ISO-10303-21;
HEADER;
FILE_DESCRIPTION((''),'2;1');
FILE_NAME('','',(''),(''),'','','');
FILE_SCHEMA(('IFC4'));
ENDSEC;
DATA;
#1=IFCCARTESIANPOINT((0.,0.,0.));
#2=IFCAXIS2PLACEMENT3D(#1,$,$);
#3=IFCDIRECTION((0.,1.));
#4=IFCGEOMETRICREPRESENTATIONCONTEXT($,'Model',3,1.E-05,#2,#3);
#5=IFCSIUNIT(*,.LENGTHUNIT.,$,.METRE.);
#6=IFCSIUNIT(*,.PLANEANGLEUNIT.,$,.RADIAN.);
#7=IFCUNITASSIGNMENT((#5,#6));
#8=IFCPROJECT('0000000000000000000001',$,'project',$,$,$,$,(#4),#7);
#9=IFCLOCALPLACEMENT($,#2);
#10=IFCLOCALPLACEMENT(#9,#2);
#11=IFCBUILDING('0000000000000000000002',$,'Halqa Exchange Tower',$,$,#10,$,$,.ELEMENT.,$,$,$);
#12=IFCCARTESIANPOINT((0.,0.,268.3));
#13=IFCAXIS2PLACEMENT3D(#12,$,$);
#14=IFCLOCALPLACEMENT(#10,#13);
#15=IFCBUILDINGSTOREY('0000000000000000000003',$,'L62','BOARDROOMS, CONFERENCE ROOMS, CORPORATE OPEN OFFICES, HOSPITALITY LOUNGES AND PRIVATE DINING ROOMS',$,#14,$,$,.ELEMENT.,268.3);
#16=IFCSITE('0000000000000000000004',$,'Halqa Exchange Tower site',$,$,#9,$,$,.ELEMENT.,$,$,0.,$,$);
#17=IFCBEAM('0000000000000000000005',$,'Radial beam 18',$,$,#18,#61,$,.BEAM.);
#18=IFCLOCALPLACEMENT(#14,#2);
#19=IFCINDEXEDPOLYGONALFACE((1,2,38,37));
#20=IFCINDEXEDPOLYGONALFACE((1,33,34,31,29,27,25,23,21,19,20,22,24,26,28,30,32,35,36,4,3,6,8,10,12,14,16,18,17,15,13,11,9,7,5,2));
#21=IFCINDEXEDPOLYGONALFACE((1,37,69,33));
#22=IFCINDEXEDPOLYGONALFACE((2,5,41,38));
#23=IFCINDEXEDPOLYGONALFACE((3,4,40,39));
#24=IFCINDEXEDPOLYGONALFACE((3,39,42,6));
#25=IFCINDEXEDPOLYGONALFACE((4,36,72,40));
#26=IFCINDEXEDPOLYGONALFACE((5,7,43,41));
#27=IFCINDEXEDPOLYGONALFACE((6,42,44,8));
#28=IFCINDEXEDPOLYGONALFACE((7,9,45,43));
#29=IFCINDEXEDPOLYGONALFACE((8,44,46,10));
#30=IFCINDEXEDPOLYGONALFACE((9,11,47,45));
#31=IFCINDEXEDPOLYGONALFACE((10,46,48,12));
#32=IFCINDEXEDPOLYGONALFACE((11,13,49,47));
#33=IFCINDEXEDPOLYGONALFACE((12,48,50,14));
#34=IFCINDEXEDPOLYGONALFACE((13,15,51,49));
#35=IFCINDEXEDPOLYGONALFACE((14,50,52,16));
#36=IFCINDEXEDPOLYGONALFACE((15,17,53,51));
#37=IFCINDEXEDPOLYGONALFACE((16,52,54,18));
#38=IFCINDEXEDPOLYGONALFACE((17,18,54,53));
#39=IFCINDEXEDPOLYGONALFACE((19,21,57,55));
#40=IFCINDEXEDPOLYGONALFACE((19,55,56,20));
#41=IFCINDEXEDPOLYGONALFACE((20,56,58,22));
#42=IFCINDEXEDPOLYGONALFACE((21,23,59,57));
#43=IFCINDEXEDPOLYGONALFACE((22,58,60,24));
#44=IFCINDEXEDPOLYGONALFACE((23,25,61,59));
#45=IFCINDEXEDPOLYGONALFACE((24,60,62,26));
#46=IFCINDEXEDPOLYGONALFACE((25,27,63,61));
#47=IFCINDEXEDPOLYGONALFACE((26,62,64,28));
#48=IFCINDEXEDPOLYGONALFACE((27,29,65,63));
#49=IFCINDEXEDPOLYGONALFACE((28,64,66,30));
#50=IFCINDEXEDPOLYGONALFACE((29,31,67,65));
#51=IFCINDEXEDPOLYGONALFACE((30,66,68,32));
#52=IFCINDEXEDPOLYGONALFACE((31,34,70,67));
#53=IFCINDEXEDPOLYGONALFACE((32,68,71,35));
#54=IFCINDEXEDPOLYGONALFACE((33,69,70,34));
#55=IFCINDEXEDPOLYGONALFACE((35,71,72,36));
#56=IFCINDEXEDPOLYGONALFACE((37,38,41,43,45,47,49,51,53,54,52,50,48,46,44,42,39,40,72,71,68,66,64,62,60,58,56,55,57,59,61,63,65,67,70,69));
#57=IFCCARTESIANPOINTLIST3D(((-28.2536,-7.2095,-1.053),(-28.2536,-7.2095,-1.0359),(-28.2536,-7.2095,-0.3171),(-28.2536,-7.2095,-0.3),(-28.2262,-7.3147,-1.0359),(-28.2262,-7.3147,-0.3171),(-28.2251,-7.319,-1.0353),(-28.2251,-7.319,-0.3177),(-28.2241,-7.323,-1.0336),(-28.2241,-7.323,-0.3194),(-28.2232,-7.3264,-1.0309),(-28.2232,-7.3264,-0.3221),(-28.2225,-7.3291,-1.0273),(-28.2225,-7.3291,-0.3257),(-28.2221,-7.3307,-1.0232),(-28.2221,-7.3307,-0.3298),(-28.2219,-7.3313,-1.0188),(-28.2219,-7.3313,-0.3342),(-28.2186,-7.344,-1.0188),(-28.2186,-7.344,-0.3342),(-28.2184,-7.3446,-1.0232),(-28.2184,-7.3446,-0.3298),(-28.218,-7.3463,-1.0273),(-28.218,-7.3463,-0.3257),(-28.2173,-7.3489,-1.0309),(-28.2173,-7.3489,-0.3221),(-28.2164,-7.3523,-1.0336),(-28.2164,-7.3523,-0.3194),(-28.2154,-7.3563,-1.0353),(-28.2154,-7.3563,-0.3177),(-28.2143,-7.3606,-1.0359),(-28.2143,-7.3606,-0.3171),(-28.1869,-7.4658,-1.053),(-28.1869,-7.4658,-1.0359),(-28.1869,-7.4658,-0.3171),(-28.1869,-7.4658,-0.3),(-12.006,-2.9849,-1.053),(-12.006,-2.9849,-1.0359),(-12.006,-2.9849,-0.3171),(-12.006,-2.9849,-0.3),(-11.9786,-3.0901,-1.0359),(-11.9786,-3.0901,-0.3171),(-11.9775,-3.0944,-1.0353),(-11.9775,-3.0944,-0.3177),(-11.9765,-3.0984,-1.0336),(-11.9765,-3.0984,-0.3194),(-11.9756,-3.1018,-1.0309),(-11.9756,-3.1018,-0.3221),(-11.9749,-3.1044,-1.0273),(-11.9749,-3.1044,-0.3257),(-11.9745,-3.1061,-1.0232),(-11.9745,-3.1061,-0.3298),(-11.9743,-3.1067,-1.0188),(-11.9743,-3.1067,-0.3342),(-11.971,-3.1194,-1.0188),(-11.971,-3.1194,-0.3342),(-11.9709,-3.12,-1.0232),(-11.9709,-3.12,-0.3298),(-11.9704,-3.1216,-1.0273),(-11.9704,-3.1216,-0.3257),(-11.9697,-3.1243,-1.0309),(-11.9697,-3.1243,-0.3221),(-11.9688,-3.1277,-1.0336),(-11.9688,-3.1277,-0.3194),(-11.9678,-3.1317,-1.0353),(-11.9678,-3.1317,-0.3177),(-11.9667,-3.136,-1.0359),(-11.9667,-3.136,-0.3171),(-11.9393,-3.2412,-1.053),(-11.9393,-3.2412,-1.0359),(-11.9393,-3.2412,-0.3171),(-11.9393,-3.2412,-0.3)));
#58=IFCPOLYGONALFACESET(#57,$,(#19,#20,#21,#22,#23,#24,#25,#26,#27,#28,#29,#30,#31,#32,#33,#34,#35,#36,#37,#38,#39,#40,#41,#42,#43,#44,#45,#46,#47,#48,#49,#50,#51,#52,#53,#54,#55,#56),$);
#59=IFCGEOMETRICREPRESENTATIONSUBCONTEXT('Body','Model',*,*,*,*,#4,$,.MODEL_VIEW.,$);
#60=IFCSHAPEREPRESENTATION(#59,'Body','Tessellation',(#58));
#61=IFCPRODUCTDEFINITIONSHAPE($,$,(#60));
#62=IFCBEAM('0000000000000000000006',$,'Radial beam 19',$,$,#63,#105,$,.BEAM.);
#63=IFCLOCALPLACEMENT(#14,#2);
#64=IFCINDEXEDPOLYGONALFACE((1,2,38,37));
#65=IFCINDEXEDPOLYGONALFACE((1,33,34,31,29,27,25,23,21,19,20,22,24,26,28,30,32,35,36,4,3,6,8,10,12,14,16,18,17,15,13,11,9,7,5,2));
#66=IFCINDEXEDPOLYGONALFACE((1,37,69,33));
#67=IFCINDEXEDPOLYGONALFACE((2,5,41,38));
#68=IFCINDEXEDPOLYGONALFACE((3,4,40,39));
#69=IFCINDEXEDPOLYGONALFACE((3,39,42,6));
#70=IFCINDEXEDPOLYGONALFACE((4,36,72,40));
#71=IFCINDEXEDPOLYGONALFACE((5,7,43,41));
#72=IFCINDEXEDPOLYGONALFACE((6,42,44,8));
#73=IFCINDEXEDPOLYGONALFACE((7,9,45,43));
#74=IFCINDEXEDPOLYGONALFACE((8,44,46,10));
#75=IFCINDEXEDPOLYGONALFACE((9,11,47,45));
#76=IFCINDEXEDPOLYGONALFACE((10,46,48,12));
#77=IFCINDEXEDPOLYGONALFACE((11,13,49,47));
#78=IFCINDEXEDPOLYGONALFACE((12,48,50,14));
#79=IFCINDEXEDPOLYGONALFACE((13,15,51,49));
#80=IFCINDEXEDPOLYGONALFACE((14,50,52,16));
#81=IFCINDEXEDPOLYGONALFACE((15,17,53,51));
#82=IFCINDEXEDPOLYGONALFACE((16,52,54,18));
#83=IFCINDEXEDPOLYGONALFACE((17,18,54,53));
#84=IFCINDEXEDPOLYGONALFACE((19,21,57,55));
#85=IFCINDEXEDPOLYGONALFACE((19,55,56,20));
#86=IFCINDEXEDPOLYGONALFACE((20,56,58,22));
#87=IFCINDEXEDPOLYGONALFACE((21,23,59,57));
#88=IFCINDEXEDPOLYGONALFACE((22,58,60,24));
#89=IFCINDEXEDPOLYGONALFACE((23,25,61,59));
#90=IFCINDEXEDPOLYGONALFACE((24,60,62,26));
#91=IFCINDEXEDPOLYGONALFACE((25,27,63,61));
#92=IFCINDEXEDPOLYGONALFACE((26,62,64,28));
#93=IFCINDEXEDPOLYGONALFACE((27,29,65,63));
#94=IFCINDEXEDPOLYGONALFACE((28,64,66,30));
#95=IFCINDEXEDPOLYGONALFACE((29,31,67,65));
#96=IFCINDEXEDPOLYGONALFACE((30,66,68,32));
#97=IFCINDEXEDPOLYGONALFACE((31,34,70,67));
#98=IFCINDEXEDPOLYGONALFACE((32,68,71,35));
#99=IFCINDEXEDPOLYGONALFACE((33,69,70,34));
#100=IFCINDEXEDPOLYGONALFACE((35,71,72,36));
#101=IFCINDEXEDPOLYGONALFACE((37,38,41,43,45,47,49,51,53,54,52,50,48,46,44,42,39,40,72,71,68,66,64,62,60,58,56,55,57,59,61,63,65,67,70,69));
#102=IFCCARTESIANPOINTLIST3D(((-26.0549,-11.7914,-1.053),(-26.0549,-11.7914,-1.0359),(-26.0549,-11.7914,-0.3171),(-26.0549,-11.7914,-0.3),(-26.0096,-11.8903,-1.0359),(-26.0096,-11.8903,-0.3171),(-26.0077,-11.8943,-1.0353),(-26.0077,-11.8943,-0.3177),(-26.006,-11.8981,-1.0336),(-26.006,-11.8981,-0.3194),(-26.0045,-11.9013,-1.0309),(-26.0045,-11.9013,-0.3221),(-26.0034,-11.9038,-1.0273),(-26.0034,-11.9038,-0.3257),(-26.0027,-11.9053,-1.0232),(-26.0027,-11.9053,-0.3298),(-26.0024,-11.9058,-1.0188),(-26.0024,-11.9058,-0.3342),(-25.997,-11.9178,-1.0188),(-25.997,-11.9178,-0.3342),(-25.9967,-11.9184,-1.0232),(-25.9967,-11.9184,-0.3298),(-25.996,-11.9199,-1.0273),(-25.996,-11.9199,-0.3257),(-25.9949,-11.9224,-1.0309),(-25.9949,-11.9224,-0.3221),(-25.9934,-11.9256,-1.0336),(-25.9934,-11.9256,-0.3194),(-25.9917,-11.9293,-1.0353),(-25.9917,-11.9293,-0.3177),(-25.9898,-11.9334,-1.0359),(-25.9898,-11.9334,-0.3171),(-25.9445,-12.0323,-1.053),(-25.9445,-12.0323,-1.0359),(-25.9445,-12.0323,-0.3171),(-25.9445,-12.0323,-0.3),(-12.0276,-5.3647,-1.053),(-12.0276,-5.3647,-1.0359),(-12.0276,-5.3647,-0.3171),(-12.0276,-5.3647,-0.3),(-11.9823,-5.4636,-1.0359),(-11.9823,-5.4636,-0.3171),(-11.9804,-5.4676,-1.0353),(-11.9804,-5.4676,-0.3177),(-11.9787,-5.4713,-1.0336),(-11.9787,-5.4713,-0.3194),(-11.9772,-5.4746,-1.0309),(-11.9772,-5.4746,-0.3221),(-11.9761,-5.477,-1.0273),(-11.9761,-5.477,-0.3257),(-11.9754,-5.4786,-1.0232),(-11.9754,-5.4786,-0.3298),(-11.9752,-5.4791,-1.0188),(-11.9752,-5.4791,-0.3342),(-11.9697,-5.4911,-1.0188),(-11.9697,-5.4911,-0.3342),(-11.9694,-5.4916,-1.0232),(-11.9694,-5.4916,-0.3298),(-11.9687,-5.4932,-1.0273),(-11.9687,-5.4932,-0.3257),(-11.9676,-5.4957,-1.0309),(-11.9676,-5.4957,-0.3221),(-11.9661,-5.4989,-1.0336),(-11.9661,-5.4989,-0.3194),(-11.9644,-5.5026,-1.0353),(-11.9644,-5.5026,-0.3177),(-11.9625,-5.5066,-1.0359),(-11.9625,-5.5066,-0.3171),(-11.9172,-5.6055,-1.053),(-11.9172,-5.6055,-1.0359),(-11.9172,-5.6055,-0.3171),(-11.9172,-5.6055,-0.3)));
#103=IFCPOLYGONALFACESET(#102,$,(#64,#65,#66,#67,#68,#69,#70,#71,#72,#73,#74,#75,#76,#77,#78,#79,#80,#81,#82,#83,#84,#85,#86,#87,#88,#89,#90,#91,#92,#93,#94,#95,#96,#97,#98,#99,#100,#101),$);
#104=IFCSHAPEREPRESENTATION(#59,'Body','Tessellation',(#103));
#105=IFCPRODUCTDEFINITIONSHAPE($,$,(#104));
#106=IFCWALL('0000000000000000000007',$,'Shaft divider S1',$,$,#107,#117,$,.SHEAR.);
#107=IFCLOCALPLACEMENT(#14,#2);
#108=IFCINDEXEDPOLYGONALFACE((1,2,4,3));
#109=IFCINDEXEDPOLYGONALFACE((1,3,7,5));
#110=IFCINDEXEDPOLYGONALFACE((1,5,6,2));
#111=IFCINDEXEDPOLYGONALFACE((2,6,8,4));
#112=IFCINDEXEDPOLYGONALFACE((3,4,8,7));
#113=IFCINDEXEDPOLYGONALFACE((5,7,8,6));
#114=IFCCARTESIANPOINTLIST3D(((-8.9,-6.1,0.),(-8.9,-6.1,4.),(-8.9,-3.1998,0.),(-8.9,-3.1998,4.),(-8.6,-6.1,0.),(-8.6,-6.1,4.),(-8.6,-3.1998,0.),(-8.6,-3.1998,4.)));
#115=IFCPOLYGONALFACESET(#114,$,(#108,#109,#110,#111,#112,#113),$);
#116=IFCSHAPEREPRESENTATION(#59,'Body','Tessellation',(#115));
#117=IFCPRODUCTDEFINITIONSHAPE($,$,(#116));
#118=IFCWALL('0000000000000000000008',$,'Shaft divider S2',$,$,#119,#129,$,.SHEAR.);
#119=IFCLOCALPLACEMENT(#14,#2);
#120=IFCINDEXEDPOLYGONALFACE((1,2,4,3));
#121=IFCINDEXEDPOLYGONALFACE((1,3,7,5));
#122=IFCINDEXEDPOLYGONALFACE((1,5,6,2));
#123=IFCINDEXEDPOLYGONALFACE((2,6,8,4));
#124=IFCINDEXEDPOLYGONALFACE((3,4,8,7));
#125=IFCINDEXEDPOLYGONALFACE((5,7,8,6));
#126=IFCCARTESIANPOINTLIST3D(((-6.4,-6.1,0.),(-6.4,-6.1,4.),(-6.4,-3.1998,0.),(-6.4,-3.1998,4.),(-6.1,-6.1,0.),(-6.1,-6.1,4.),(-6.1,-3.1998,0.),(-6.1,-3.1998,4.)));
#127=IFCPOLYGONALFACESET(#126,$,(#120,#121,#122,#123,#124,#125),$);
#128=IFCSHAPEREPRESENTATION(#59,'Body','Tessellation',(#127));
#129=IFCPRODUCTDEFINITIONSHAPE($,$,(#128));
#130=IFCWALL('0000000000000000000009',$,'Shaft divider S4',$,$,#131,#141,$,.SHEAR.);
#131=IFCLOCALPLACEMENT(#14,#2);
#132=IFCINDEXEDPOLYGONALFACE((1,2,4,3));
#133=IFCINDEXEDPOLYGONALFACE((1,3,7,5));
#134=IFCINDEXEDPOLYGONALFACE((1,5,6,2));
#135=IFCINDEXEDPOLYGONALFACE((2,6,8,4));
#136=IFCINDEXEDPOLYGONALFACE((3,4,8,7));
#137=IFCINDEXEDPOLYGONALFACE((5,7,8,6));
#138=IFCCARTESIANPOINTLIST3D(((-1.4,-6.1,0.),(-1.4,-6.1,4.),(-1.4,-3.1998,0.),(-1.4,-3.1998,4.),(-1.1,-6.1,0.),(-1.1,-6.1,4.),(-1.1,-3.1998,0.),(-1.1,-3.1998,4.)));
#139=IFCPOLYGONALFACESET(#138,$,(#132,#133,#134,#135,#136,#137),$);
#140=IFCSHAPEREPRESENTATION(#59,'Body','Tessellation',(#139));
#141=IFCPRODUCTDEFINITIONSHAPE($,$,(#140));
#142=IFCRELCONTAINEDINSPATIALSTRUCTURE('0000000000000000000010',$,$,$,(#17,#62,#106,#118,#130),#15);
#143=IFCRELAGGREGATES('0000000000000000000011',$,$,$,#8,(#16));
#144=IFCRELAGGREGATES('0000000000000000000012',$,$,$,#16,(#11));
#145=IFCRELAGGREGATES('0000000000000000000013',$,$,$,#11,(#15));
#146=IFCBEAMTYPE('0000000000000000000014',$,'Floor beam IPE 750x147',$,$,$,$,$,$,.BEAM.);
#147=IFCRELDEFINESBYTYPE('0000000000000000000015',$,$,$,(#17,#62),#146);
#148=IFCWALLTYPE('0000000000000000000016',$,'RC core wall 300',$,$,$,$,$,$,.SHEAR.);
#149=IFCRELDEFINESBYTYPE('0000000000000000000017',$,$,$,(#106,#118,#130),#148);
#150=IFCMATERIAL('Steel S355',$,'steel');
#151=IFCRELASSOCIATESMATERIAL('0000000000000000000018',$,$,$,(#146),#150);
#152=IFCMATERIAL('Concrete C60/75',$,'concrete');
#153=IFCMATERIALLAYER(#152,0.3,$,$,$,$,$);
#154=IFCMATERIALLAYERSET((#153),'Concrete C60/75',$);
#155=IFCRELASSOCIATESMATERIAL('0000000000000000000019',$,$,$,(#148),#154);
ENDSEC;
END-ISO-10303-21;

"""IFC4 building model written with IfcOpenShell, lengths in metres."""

from ifc_helpers import new_model, si_unit, direction, frame, frame_2d, origin, origin_2d, place, context, subcontext, project, spatial, rectangle, i_section, extrude, material, layer, layer_set, material_profile, profile_set, type_object, element, save


model = new_model("IFC4")

# Units and contexts
model_context = context("Model", 3, precision=1e-05, world=origin(), true_north=direction((0.0, 1.0)))
body_context = subcontext(model_context, "Body", "Model", "MODEL_VIEW")
ifc_project = project(units=[si_unit("LENGTHUNIT", "METRE"), si_unit("PLANEANGLEUNIT", "RADIAN")], contexts=[model_context])

# Site, building, storey
site_placement = place(None, origin())
site = spatial("IfcSite", under=ifc_project, at=site_placement, Name="Halqa Exchange Tower site", CompositionType="ELEMENT", RefElevation=0.0)
building_placement = place(site_placement, origin())
building = spatial("IfcBuilding", under=site, at=building_placement, Name="Halqa Exchange Tower", CompositionType="ELEMENT")
storey_placement = place(building_placement, frame((0.0, 0.0, 268.3)))
storey = spatial("IfcBuildingStorey", under=building, at=storey_placement, Name="L62", Description="BOARDROOMS, CONFERENCE ROOMS, CORPORATE OPEN OFFICES, HOSPITALITY LOUNGES AND PRIVATE DINING ROOMS", CompositionType="ELEMENT", Elevation=268.3)

# Beams
ifc_material_1 = material(Name="Steel S355", Category="steel")
ifc_material_profile = material_profile(ifc_material_1, i_section(OverallWidth=0.2649, OverallDepth=0.7529, WebThickness=0.0132, FlangeThickness=0.0171, FilletRadius=0.0171, at=origin_2d()), Name="IPE 750x147")
ifc_profile_set = profile_set([ifc_material_profile], Name="Steel S355")
beam_type = type_object("IfcBeamType", Name="Floor beam IPE 750x147", PredefinedType="BEAM", material=ifc_profile_set)
beam_1_placement = place(storey_placement, frame((-11.9727, -3.113, -0.6765), z_axis=(-0.967819, -0.251647, 0.0), x_axis=(0.251647, -0.967819, 0.0)))
element("IfcBeam", 1, at=beam_1_placement, inside=storey, type_object=beam_type, Name="Radial beam 18", PredefinedType="BEAM", context=body_context, shape_type="SweptSolid", body=[
    extrude(i_section(OverallWidth=0.2649, OverallDepth=0.7529, WebThickness=0.0132, FlangeThickness=0.0171, FilletRadius=0.0171, at=origin_2d()), origin(), (0.0, 0.0, 1.0), 16.7878),
])
beam_2_placement = place(storey_placement, frame((-11.9724, -5.4851, -0.6765), z_axis=(-0.909125, -0.416524, 0.0), x_axis=(0.416524, -0.909125, 0.0)))
element("IfcBeam", 2, at=beam_2_placement, inside=storey, type_object=beam_type, Name="Radial beam 19", PredefinedType="BEAM", context=body_context, shape_type="SweptSolid", body=[
    extrude(i_section(OverallWidth=0.2649, OverallDepth=0.7529, WebThickness=0.0132, FlangeThickness=0.0171, FilletRadius=0.0171, at=origin_2d()), origin(), (0.0, 0.0, 1.0), 15.4294),
])

# Walls
ifc_material_2 = material(Name="Concrete C60/75", Category="concrete")
ifc_layer_1 = layer(ifc_material_2, 0.3)
ifc_layer_set_1 = layer_set([ifc_layer_1], Name="Concrete C60/75")
wall_type_1 = type_object("IfcWallType", Name="RC core wall 300", PredefinedType="SHEAR", material=ifc_layer_set_1)
for number, where, z_axis, x_axis, name in (
    (3, (-8.75, -6.1001, 0.0), (0.0, 0.0, 1.0), (0.0, 1.0, 0.0), "Shaft divider S1"),
    (4, (-6.25, -6.1001, 0.0), (0.0, 0.0, 1.0), (0.0, 1.0, 0.0), "Shaft divider S2"),
    (5, (-1.25, -6.1001, 0.0), (0.0, 0.0, 1.0), (0.0, 1.0, 0.0), "Shaft divider S4"),
):
    element("IfcWall", number, at=place(storey_placement, frame(where, z_axis=z_axis, x_axis=x_axis)), inside=storey, type_object=wall_type_1, Name=name, PredefinedType="SHEAR", context=body_context, shape_type="SweptSolid", body=[
        extrude(rectangle(XDim=2.9001, YDim=0.3, at=frame_2d((1.4502, 0.0))), origin(), (0.0, 0.0, 1.0), 4.0),
    ])

save(model, "model.ifc")
